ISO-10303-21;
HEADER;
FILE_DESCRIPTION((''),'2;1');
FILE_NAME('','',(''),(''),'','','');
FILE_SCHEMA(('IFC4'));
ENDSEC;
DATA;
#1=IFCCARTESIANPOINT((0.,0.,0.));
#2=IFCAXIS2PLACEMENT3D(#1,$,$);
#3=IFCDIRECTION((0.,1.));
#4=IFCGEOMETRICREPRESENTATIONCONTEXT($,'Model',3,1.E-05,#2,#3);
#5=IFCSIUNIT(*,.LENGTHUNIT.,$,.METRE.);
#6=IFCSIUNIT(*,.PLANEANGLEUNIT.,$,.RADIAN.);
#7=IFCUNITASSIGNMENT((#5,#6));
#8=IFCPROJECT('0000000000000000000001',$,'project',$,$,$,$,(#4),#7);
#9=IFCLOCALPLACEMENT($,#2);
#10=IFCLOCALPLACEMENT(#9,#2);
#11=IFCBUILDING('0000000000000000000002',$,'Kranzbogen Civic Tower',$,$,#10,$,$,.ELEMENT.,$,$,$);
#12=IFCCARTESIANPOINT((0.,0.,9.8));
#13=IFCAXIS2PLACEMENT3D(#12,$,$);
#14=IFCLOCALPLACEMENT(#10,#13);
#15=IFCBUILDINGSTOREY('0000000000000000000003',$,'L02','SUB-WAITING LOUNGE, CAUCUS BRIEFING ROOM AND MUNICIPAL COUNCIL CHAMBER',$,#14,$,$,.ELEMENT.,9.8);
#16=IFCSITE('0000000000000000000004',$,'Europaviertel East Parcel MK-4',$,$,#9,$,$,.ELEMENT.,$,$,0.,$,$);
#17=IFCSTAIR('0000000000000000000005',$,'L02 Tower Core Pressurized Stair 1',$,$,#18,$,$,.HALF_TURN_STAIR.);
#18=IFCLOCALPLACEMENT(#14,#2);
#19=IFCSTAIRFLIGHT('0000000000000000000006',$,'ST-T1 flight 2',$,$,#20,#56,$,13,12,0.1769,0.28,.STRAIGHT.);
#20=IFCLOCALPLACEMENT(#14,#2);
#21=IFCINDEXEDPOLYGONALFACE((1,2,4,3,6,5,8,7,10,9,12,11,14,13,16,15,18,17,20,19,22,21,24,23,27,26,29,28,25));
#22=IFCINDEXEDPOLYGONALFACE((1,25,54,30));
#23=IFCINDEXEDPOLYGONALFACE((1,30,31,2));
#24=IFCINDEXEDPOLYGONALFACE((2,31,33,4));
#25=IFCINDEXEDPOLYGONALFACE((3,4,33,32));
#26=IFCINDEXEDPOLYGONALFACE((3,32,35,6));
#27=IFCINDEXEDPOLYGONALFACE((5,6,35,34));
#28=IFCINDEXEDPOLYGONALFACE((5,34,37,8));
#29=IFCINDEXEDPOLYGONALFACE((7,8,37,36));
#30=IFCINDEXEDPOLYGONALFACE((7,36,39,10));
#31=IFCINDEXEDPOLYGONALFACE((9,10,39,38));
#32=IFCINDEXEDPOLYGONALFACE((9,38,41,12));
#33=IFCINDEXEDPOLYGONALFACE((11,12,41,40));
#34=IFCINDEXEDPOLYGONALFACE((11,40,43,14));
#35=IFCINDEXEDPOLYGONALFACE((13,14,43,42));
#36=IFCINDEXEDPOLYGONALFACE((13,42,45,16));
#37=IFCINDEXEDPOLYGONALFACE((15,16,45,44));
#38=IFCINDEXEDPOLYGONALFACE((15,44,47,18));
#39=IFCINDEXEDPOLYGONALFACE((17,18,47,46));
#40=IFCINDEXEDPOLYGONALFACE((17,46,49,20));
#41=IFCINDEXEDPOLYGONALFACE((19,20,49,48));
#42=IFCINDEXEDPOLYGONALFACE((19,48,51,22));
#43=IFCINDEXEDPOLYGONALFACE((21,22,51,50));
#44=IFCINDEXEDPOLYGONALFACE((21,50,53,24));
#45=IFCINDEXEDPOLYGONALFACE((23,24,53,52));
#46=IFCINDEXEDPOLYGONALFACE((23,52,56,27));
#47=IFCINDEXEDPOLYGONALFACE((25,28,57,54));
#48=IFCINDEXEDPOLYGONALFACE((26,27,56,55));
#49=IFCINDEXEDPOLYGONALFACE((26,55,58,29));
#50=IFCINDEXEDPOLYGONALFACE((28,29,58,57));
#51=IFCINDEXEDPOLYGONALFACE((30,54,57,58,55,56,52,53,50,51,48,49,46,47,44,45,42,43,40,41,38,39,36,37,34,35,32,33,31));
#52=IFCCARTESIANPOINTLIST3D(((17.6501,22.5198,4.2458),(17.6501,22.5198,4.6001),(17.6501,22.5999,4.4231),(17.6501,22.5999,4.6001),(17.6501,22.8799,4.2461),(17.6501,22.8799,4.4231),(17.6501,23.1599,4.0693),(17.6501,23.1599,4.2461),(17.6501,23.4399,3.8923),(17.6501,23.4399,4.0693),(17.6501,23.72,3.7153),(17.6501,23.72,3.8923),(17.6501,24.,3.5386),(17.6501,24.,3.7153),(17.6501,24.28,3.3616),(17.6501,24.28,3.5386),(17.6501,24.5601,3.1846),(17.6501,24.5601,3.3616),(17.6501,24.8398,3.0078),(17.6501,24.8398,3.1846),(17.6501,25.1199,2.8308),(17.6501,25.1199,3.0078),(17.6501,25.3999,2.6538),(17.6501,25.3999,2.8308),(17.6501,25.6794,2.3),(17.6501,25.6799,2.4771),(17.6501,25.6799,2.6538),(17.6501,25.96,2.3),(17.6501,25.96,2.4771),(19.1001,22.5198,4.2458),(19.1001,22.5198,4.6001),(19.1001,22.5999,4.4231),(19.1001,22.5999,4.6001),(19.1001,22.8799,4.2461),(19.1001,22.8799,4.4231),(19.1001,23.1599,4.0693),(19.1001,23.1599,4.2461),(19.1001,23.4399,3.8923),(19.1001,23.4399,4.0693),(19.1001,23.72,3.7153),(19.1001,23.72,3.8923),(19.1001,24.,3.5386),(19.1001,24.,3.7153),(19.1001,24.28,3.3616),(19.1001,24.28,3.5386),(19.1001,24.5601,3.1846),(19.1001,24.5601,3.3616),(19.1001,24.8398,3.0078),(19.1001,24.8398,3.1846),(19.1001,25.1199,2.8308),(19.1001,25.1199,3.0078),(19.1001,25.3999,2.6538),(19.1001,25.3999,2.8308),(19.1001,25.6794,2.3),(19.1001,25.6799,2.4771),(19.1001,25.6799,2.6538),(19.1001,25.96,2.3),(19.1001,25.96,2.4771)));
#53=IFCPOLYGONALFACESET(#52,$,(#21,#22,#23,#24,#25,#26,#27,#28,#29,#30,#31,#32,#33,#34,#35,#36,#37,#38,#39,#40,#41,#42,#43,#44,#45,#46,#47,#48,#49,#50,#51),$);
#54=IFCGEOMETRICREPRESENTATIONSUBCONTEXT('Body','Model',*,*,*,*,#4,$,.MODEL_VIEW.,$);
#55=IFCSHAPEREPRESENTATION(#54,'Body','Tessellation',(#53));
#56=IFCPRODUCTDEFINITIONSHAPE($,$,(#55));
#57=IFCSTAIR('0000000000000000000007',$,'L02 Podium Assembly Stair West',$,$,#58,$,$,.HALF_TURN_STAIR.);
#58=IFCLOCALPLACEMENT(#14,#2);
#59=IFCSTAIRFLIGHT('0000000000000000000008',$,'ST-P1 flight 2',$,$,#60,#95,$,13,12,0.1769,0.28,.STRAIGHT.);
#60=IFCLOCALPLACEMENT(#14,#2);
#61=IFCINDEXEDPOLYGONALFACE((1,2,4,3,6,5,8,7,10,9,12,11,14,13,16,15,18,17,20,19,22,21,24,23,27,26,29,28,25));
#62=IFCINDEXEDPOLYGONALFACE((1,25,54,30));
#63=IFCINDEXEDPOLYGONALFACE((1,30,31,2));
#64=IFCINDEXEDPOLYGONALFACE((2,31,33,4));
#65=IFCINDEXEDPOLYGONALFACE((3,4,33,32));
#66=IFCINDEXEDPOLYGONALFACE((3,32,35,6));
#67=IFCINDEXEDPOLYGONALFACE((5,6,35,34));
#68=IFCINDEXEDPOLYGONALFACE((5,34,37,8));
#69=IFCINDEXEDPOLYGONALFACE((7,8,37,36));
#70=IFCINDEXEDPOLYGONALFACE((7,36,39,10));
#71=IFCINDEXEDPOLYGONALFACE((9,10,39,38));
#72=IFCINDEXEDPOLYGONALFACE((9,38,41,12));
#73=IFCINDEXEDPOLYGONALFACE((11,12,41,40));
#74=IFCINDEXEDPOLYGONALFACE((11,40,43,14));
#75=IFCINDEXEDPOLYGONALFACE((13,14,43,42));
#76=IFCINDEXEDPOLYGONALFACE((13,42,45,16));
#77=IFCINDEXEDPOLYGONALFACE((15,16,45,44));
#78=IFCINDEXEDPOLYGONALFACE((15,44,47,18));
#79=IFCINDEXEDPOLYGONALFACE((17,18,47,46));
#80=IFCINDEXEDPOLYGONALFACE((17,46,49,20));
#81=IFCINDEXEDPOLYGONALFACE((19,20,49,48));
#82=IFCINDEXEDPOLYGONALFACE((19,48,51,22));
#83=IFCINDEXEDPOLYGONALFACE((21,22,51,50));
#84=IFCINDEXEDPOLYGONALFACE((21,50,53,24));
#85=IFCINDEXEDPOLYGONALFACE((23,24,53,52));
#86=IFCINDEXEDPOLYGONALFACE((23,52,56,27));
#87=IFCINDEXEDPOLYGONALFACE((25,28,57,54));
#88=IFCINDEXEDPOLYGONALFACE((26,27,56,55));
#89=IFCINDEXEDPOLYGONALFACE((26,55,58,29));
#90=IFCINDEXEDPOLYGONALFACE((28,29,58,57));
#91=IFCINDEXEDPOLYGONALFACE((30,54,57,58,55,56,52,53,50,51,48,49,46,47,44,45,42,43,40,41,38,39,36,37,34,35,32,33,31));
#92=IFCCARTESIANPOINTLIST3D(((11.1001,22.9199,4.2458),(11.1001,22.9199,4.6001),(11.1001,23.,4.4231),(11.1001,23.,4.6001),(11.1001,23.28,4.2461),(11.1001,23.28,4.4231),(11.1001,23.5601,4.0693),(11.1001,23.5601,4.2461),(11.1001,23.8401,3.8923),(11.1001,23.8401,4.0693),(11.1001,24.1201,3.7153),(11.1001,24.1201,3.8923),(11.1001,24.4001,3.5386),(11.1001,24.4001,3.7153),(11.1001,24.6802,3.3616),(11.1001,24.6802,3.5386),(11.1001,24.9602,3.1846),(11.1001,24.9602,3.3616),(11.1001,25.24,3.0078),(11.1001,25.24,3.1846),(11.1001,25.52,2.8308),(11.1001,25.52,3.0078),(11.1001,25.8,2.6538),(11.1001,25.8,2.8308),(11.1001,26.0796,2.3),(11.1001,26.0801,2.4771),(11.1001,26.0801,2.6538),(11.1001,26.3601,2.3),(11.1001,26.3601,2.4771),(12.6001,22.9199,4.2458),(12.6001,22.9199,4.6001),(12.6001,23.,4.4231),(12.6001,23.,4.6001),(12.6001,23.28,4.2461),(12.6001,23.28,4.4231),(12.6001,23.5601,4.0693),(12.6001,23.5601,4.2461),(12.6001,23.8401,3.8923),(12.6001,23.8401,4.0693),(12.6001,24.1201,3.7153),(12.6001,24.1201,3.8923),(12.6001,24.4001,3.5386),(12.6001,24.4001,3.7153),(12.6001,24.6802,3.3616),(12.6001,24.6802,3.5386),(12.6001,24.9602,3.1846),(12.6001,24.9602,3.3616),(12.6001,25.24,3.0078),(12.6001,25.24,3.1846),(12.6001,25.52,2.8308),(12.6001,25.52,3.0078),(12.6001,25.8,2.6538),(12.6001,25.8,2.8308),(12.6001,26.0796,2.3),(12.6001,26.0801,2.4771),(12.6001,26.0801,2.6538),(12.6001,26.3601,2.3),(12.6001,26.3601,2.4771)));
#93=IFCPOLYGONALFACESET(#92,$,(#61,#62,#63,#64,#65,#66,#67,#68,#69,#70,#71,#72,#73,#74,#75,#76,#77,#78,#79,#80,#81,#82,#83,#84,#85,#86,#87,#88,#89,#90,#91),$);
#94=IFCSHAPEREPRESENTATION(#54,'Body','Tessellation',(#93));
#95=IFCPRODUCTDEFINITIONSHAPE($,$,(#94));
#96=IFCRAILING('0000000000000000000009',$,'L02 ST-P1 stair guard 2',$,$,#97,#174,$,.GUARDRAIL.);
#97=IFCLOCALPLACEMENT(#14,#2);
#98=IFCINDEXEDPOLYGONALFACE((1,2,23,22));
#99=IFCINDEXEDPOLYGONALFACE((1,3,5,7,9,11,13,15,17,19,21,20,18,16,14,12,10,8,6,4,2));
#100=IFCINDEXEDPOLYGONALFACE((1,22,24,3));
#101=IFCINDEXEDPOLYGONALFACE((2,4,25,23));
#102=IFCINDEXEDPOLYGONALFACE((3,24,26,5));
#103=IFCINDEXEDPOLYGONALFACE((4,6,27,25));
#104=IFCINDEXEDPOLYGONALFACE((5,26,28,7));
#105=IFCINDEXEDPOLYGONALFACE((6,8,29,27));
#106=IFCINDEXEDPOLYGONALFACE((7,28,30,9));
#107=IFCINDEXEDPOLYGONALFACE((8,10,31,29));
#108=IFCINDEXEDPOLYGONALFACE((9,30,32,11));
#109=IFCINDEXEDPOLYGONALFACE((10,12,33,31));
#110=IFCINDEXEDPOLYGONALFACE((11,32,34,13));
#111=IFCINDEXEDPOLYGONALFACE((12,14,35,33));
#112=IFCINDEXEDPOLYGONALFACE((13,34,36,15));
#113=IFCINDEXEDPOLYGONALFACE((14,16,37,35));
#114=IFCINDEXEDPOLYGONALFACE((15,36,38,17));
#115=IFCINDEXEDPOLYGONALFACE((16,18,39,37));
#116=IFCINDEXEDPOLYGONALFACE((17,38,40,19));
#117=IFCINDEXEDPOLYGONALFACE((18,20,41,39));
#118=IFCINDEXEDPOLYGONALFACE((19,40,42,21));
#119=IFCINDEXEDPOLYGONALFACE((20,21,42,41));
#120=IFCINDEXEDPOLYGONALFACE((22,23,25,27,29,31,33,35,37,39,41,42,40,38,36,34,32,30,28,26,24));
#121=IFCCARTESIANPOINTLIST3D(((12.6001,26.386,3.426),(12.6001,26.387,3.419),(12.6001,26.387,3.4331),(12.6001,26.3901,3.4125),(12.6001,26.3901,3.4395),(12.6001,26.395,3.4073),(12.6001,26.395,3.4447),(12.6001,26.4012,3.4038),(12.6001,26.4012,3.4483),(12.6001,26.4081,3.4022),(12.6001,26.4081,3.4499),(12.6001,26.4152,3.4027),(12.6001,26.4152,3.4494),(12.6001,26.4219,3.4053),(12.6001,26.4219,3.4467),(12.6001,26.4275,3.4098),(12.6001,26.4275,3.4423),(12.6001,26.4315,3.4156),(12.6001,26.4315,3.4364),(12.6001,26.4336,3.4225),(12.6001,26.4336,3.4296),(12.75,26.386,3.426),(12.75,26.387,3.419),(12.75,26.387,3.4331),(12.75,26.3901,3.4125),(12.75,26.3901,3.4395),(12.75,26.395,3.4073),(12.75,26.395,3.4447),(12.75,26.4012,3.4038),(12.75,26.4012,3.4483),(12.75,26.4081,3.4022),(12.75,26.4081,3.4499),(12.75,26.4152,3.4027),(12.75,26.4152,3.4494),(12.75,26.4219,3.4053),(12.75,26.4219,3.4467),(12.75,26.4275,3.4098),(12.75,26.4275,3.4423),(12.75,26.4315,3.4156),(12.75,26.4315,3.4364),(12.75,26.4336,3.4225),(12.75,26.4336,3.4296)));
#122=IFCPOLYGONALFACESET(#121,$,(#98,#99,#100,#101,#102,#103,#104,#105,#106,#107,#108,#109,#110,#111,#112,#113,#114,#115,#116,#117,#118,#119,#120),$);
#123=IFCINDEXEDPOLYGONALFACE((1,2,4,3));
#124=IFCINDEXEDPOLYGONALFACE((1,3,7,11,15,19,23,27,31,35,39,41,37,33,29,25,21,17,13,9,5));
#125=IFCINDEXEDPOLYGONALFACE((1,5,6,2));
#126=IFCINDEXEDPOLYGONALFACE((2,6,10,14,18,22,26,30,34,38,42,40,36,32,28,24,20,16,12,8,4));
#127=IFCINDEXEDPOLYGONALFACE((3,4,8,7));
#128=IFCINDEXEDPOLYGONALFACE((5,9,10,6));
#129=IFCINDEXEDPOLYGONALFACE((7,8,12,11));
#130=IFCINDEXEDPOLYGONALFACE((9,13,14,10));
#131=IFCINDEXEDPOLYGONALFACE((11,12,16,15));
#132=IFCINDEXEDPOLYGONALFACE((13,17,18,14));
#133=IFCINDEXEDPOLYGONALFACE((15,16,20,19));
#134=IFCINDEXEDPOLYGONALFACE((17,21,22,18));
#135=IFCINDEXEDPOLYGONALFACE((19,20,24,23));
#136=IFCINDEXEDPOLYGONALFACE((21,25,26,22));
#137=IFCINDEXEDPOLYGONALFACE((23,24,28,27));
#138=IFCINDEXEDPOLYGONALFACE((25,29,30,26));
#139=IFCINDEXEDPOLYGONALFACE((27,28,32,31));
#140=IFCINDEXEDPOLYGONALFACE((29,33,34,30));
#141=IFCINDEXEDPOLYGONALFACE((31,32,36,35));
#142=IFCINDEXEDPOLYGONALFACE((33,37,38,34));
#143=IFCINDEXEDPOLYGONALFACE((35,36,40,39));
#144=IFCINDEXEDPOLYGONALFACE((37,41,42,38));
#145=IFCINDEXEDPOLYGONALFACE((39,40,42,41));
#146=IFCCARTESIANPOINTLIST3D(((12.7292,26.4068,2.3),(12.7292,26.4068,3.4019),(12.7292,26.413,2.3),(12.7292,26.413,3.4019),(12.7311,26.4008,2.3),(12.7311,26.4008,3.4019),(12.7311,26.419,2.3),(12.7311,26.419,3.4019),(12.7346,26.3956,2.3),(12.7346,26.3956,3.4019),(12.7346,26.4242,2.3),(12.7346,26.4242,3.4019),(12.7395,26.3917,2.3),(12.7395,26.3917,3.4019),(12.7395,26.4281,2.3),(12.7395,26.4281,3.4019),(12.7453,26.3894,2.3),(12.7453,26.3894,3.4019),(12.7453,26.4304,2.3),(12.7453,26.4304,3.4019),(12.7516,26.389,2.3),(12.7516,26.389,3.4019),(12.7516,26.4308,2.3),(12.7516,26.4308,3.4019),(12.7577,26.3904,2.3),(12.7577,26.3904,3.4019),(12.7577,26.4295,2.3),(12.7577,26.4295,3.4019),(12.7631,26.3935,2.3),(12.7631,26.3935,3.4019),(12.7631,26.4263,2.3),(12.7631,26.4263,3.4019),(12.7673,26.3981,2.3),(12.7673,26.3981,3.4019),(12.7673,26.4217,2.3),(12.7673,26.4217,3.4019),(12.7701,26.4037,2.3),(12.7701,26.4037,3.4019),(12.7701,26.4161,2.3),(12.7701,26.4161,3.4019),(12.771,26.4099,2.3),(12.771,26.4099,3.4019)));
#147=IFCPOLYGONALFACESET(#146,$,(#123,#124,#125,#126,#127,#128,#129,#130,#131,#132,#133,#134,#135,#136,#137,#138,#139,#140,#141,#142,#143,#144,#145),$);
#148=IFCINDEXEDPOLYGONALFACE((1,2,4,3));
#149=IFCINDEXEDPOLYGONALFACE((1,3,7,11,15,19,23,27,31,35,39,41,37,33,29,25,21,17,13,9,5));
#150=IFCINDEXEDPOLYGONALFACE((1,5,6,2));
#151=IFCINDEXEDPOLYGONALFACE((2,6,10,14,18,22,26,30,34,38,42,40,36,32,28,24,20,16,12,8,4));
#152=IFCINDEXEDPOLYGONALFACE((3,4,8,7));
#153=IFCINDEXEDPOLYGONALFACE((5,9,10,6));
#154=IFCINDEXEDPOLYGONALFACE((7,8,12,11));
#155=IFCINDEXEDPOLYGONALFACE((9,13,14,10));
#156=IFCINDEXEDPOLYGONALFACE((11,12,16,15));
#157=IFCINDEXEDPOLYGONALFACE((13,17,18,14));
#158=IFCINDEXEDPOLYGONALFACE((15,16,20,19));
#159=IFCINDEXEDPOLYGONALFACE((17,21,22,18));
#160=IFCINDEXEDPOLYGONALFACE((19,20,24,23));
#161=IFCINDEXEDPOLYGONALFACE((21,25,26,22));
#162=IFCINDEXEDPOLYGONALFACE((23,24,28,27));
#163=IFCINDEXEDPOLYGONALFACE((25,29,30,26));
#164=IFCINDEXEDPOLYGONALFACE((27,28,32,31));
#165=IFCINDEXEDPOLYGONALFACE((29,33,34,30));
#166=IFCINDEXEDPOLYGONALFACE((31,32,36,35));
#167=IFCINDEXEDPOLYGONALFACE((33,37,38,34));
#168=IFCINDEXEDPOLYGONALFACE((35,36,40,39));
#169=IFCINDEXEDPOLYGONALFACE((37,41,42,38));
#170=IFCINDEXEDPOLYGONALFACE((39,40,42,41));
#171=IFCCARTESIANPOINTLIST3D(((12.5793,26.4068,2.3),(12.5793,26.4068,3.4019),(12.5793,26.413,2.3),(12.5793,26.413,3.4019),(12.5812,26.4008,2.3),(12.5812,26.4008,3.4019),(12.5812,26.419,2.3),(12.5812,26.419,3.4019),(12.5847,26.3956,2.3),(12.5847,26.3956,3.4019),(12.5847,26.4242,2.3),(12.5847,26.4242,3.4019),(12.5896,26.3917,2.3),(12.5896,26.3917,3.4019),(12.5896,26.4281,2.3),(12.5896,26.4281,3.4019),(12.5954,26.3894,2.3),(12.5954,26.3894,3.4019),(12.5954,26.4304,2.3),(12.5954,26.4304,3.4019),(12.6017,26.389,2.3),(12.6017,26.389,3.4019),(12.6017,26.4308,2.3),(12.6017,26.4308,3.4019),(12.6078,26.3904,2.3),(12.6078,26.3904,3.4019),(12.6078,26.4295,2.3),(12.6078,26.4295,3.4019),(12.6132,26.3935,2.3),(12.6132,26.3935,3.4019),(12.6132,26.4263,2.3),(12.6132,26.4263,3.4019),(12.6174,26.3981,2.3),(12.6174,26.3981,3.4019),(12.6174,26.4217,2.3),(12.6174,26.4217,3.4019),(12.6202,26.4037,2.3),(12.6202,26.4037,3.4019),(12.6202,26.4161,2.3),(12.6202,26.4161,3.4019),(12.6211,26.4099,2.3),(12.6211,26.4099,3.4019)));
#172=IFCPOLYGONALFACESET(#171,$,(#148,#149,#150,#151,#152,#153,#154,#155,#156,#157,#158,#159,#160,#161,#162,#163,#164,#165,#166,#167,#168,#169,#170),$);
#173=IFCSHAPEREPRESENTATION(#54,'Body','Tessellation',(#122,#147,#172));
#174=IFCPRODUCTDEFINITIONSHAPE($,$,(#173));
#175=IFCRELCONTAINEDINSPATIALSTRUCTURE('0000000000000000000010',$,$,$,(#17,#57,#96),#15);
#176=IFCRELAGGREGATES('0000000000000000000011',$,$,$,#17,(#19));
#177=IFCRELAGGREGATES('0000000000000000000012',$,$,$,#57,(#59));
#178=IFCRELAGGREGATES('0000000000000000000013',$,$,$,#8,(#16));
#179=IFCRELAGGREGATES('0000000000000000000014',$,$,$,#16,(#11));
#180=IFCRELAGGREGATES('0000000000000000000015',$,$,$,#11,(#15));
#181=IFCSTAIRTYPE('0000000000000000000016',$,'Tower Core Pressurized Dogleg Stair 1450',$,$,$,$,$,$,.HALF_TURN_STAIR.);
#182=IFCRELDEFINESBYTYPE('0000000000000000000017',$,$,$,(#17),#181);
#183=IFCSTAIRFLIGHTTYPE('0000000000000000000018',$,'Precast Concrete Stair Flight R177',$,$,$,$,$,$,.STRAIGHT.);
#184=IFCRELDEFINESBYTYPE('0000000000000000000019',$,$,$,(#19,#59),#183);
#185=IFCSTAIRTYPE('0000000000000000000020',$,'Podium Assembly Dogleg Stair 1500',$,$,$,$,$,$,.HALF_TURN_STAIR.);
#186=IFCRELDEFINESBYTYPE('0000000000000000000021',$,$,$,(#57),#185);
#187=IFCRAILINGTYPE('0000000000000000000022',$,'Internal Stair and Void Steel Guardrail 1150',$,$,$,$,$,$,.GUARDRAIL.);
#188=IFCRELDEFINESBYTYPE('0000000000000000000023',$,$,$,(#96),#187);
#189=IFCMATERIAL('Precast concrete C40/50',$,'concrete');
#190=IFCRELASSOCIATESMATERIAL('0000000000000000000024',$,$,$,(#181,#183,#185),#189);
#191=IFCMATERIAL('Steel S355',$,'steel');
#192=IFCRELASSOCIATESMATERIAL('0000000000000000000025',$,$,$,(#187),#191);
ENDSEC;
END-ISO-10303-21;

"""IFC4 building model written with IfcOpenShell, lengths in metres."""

from ifc_helpers import new_model, si_unit, direction, frame, origin, origin_2d, place, context, subcontext, project, spatial, polyline, circle, outline, extrude, material, type_object, element, aggregate, save


model = new_model("IFC4")

# Units and contexts
model_context = context("Model", 3, precision=1e-05, world=origin(), true_north=direction((0.0, 1.0)))
body_context = subcontext(model_context, "Body", "Model", "MODEL_VIEW")
ifc_project = project(units=[si_unit("LENGTHUNIT", "METRE"), si_unit("PLANEANGLEUNIT", "RADIAN")], contexts=[model_context])

# Site, building, storey
site_placement = place(None, origin())
site = spatial("IfcSite", under=ifc_project, at=site_placement, Name="Europaviertel East Parcel MK-4", CompositionType="ELEMENT", RefElevation=0.0)
building_placement = place(site_placement, origin())
building = spatial("IfcBuilding", under=site, at=building_placement, Name="Kranzbogen Civic Tower", CompositionType="ELEMENT")
storey_placement = place(building_placement, frame((0.0, 0.0, 9.8)))
storey = spatial("IfcBuildingStorey", under=building, at=storey_placement, Name="L02", Description="SUB-WAITING LOUNGE, CAUCUS BRIEFING ROOM AND MUNICIPAL COUNCIL CHAMBER", CompositionType="ELEMENT", Elevation=9.8)

# Shared definitions
ifc_material_1 = material(Name="Steel S355", Category="steel")

# Stairs, stair flights
ifc_material_2 = material(Name="Precast concrete C40/50", Category="concrete")
stair_type_1 = type_object("IfcStairType", Name="Tower Core Pressurized Dogleg Stair 1450", PredefinedType="HALF_TURN_STAIR", material=ifc_material_2)
stair_1_placement = place(storey_placement, origin())
stair_1 = element("IfcStair", 1, at=stair_1_placement, inside=storey, type_object=stair_type_1, Name="L02 Tower Core Pressurized Stair 1", PredefinedType="HALF_TURN_STAIR")
stair_flight_type = type_object("IfcStairFlightType", Name="Precast Concrete Stair Flight R177", PredefinedType="STRAIGHT", material=ifc_material_2)
stair_flight_1_placement = place(storey_placement, frame((18.375, 25.96, 2.3), z_axis=(0.0, 0.0, 1.0), x_axis=(0.0, -1.0, 0.0)))
stair_flight_1 = element("IfcStairFlight", 2, at=stair_flight_1_placement, type_object=stair_flight_type, Name="ST-T1 flight 2", NumberOfRisers=13, NumberOfTreads=12, PredefinedType="STRAIGHT", RiserHeight=0.1769, TreadLength=0.28, context=body_context, shape_type="SweptSolid", body=[
    extrude(outline(polyline([(0.0, 0.0), (0.0, 0.177), (0.28, 0.177), (0.28, 0.3538), (0.5601, 0.3538), (0.5601, 0.5308), (0.8401, 0.5308), (0.8401, 0.7078), (1.1201, 0.7078), (1.1201, 0.8845), (1.3999, 0.8845), (1.3999, 1.0615), (1.6799, 1.0615), (1.6799, 1.2385), (1.96, 1.2385), (1.96, 1.4153), (2.24, 1.4153), (2.24, 1.5923), (2.52, 1.5923), (2.52, 1.7693), (2.8, 1.7693), (2.8, 1.946), (3.0801, 1.946), (3.0801, 2.123), (3.3601, 2.123), (3.3601, 2.3), (3.4402, 2.3), (3.4402, 1.9458), (0.2805, 0.0), (0.0, 0.0)])), frame((0.0, 0.7251, 0.0), z_axis=(0.0, -1.0, 0.0), x_axis=(1.0, 0.0, 0.0)), (0.0, 0.0, 1.0), 1.45),
])
aggregate(stair_1, [stair_flight_1])
stair_type_2 = type_object("IfcStairType", Name="Podium Assembly Dogleg Stair 1500", PredefinedType="HALF_TURN_STAIR", material=ifc_material_2)
stair_2_placement = place(storey_placement, origin())
stair_2 = element("IfcStair", 3, at=stair_2_placement, inside=storey, type_object=stair_type_2, Name="L02 Podium Assembly Stair West", PredefinedType="HALF_TURN_STAIR")
stair_flight_2_placement = place(storey_placement, frame((11.8501, 26.3601, 2.3), z_axis=(0.0, 0.0, 1.0), x_axis=(0.0, -1.0, 0.0)))
stair_flight_2 = element("IfcStairFlight", 4, at=stair_flight_2_placement, type_object=stair_flight_type, Name="ST-P1 flight 2", NumberOfRisers=13, NumberOfTreads=12, PredefinedType="STRAIGHT", RiserHeight=0.1769, TreadLength=0.28, context=body_context, shape_type="SweptSolid", body=[
    extrude(outline(polyline([(0.0, 0.0), (0.0, 0.177), (0.28, 0.177), (0.28, 0.3538), (0.5601, 0.3538), (0.5601, 0.5308), (0.8401, 0.5308), (0.8401, 0.7078), (1.1201, 0.7078), (1.1201, 0.8845), (1.3999, 0.8845), (1.3999, 1.0615), (1.6799, 1.0615), (1.6799, 1.2385), (1.96, 1.2385), (1.96, 1.4153), (2.24, 1.4153), (2.24, 1.5923), (2.52, 1.5923), (2.52, 1.7693), (2.8, 1.7693), (2.8, 1.946), (3.0801, 1.946), (3.0801, 2.123), (3.3601, 2.123), (3.3601, 2.3), (3.4402, 2.3), (3.4402, 1.9458), (0.2805, 0.0), (0.0, 0.0)])), frame((0.0, 0.75, 0.0), z_axis=(0.0, -1.0, 0.0), x_axis=(1.0, 0.0, 0.0)), (0.0, 0.0, 1.0), 1.5),
])
aggregate(stair_2, [stair_flight_2])

# Railing
railing_type_1 = type_object("IfcRailingType", Name="Internal Stair and Void Steel Guardrail 1150", PredefinedType="GUARDRAIL", material=ifc_material_1)
railing_1_placement = place(storey_placement, frame((12.75, 26.4099, 2.3)))
element("IfcRailing", 5, at=railing_1_placement, inside=storey, type_object=railing_type_1, Name="L02 ST-P1 stair guard 2", PredefinedType="GUARDRAIL", context=body_context, shape_type="SweptSolid", body=[
    extrude(circle(Radius=0.0239, at=origin_2d()), frame((0.0, 0.0, 1.126), z_axis=(-1.0, 0.0, 0.0), x_axis=(0.0, -1.0, 0.0)), (0.0, 0.0, 1.0), 0.1499),
    extrude(circle(Radius=0.021, at=origin_2d()), origin(), (0.0, 0.0, 1.0), 1.1018),
    extrude(circle(Radius=0.021, at=origin_2d()), frame((-0.1499, 0.0, 0.0)), (0.0, 0.0, 1.0), 1.1018),
])

save(model, "model.ifc")
